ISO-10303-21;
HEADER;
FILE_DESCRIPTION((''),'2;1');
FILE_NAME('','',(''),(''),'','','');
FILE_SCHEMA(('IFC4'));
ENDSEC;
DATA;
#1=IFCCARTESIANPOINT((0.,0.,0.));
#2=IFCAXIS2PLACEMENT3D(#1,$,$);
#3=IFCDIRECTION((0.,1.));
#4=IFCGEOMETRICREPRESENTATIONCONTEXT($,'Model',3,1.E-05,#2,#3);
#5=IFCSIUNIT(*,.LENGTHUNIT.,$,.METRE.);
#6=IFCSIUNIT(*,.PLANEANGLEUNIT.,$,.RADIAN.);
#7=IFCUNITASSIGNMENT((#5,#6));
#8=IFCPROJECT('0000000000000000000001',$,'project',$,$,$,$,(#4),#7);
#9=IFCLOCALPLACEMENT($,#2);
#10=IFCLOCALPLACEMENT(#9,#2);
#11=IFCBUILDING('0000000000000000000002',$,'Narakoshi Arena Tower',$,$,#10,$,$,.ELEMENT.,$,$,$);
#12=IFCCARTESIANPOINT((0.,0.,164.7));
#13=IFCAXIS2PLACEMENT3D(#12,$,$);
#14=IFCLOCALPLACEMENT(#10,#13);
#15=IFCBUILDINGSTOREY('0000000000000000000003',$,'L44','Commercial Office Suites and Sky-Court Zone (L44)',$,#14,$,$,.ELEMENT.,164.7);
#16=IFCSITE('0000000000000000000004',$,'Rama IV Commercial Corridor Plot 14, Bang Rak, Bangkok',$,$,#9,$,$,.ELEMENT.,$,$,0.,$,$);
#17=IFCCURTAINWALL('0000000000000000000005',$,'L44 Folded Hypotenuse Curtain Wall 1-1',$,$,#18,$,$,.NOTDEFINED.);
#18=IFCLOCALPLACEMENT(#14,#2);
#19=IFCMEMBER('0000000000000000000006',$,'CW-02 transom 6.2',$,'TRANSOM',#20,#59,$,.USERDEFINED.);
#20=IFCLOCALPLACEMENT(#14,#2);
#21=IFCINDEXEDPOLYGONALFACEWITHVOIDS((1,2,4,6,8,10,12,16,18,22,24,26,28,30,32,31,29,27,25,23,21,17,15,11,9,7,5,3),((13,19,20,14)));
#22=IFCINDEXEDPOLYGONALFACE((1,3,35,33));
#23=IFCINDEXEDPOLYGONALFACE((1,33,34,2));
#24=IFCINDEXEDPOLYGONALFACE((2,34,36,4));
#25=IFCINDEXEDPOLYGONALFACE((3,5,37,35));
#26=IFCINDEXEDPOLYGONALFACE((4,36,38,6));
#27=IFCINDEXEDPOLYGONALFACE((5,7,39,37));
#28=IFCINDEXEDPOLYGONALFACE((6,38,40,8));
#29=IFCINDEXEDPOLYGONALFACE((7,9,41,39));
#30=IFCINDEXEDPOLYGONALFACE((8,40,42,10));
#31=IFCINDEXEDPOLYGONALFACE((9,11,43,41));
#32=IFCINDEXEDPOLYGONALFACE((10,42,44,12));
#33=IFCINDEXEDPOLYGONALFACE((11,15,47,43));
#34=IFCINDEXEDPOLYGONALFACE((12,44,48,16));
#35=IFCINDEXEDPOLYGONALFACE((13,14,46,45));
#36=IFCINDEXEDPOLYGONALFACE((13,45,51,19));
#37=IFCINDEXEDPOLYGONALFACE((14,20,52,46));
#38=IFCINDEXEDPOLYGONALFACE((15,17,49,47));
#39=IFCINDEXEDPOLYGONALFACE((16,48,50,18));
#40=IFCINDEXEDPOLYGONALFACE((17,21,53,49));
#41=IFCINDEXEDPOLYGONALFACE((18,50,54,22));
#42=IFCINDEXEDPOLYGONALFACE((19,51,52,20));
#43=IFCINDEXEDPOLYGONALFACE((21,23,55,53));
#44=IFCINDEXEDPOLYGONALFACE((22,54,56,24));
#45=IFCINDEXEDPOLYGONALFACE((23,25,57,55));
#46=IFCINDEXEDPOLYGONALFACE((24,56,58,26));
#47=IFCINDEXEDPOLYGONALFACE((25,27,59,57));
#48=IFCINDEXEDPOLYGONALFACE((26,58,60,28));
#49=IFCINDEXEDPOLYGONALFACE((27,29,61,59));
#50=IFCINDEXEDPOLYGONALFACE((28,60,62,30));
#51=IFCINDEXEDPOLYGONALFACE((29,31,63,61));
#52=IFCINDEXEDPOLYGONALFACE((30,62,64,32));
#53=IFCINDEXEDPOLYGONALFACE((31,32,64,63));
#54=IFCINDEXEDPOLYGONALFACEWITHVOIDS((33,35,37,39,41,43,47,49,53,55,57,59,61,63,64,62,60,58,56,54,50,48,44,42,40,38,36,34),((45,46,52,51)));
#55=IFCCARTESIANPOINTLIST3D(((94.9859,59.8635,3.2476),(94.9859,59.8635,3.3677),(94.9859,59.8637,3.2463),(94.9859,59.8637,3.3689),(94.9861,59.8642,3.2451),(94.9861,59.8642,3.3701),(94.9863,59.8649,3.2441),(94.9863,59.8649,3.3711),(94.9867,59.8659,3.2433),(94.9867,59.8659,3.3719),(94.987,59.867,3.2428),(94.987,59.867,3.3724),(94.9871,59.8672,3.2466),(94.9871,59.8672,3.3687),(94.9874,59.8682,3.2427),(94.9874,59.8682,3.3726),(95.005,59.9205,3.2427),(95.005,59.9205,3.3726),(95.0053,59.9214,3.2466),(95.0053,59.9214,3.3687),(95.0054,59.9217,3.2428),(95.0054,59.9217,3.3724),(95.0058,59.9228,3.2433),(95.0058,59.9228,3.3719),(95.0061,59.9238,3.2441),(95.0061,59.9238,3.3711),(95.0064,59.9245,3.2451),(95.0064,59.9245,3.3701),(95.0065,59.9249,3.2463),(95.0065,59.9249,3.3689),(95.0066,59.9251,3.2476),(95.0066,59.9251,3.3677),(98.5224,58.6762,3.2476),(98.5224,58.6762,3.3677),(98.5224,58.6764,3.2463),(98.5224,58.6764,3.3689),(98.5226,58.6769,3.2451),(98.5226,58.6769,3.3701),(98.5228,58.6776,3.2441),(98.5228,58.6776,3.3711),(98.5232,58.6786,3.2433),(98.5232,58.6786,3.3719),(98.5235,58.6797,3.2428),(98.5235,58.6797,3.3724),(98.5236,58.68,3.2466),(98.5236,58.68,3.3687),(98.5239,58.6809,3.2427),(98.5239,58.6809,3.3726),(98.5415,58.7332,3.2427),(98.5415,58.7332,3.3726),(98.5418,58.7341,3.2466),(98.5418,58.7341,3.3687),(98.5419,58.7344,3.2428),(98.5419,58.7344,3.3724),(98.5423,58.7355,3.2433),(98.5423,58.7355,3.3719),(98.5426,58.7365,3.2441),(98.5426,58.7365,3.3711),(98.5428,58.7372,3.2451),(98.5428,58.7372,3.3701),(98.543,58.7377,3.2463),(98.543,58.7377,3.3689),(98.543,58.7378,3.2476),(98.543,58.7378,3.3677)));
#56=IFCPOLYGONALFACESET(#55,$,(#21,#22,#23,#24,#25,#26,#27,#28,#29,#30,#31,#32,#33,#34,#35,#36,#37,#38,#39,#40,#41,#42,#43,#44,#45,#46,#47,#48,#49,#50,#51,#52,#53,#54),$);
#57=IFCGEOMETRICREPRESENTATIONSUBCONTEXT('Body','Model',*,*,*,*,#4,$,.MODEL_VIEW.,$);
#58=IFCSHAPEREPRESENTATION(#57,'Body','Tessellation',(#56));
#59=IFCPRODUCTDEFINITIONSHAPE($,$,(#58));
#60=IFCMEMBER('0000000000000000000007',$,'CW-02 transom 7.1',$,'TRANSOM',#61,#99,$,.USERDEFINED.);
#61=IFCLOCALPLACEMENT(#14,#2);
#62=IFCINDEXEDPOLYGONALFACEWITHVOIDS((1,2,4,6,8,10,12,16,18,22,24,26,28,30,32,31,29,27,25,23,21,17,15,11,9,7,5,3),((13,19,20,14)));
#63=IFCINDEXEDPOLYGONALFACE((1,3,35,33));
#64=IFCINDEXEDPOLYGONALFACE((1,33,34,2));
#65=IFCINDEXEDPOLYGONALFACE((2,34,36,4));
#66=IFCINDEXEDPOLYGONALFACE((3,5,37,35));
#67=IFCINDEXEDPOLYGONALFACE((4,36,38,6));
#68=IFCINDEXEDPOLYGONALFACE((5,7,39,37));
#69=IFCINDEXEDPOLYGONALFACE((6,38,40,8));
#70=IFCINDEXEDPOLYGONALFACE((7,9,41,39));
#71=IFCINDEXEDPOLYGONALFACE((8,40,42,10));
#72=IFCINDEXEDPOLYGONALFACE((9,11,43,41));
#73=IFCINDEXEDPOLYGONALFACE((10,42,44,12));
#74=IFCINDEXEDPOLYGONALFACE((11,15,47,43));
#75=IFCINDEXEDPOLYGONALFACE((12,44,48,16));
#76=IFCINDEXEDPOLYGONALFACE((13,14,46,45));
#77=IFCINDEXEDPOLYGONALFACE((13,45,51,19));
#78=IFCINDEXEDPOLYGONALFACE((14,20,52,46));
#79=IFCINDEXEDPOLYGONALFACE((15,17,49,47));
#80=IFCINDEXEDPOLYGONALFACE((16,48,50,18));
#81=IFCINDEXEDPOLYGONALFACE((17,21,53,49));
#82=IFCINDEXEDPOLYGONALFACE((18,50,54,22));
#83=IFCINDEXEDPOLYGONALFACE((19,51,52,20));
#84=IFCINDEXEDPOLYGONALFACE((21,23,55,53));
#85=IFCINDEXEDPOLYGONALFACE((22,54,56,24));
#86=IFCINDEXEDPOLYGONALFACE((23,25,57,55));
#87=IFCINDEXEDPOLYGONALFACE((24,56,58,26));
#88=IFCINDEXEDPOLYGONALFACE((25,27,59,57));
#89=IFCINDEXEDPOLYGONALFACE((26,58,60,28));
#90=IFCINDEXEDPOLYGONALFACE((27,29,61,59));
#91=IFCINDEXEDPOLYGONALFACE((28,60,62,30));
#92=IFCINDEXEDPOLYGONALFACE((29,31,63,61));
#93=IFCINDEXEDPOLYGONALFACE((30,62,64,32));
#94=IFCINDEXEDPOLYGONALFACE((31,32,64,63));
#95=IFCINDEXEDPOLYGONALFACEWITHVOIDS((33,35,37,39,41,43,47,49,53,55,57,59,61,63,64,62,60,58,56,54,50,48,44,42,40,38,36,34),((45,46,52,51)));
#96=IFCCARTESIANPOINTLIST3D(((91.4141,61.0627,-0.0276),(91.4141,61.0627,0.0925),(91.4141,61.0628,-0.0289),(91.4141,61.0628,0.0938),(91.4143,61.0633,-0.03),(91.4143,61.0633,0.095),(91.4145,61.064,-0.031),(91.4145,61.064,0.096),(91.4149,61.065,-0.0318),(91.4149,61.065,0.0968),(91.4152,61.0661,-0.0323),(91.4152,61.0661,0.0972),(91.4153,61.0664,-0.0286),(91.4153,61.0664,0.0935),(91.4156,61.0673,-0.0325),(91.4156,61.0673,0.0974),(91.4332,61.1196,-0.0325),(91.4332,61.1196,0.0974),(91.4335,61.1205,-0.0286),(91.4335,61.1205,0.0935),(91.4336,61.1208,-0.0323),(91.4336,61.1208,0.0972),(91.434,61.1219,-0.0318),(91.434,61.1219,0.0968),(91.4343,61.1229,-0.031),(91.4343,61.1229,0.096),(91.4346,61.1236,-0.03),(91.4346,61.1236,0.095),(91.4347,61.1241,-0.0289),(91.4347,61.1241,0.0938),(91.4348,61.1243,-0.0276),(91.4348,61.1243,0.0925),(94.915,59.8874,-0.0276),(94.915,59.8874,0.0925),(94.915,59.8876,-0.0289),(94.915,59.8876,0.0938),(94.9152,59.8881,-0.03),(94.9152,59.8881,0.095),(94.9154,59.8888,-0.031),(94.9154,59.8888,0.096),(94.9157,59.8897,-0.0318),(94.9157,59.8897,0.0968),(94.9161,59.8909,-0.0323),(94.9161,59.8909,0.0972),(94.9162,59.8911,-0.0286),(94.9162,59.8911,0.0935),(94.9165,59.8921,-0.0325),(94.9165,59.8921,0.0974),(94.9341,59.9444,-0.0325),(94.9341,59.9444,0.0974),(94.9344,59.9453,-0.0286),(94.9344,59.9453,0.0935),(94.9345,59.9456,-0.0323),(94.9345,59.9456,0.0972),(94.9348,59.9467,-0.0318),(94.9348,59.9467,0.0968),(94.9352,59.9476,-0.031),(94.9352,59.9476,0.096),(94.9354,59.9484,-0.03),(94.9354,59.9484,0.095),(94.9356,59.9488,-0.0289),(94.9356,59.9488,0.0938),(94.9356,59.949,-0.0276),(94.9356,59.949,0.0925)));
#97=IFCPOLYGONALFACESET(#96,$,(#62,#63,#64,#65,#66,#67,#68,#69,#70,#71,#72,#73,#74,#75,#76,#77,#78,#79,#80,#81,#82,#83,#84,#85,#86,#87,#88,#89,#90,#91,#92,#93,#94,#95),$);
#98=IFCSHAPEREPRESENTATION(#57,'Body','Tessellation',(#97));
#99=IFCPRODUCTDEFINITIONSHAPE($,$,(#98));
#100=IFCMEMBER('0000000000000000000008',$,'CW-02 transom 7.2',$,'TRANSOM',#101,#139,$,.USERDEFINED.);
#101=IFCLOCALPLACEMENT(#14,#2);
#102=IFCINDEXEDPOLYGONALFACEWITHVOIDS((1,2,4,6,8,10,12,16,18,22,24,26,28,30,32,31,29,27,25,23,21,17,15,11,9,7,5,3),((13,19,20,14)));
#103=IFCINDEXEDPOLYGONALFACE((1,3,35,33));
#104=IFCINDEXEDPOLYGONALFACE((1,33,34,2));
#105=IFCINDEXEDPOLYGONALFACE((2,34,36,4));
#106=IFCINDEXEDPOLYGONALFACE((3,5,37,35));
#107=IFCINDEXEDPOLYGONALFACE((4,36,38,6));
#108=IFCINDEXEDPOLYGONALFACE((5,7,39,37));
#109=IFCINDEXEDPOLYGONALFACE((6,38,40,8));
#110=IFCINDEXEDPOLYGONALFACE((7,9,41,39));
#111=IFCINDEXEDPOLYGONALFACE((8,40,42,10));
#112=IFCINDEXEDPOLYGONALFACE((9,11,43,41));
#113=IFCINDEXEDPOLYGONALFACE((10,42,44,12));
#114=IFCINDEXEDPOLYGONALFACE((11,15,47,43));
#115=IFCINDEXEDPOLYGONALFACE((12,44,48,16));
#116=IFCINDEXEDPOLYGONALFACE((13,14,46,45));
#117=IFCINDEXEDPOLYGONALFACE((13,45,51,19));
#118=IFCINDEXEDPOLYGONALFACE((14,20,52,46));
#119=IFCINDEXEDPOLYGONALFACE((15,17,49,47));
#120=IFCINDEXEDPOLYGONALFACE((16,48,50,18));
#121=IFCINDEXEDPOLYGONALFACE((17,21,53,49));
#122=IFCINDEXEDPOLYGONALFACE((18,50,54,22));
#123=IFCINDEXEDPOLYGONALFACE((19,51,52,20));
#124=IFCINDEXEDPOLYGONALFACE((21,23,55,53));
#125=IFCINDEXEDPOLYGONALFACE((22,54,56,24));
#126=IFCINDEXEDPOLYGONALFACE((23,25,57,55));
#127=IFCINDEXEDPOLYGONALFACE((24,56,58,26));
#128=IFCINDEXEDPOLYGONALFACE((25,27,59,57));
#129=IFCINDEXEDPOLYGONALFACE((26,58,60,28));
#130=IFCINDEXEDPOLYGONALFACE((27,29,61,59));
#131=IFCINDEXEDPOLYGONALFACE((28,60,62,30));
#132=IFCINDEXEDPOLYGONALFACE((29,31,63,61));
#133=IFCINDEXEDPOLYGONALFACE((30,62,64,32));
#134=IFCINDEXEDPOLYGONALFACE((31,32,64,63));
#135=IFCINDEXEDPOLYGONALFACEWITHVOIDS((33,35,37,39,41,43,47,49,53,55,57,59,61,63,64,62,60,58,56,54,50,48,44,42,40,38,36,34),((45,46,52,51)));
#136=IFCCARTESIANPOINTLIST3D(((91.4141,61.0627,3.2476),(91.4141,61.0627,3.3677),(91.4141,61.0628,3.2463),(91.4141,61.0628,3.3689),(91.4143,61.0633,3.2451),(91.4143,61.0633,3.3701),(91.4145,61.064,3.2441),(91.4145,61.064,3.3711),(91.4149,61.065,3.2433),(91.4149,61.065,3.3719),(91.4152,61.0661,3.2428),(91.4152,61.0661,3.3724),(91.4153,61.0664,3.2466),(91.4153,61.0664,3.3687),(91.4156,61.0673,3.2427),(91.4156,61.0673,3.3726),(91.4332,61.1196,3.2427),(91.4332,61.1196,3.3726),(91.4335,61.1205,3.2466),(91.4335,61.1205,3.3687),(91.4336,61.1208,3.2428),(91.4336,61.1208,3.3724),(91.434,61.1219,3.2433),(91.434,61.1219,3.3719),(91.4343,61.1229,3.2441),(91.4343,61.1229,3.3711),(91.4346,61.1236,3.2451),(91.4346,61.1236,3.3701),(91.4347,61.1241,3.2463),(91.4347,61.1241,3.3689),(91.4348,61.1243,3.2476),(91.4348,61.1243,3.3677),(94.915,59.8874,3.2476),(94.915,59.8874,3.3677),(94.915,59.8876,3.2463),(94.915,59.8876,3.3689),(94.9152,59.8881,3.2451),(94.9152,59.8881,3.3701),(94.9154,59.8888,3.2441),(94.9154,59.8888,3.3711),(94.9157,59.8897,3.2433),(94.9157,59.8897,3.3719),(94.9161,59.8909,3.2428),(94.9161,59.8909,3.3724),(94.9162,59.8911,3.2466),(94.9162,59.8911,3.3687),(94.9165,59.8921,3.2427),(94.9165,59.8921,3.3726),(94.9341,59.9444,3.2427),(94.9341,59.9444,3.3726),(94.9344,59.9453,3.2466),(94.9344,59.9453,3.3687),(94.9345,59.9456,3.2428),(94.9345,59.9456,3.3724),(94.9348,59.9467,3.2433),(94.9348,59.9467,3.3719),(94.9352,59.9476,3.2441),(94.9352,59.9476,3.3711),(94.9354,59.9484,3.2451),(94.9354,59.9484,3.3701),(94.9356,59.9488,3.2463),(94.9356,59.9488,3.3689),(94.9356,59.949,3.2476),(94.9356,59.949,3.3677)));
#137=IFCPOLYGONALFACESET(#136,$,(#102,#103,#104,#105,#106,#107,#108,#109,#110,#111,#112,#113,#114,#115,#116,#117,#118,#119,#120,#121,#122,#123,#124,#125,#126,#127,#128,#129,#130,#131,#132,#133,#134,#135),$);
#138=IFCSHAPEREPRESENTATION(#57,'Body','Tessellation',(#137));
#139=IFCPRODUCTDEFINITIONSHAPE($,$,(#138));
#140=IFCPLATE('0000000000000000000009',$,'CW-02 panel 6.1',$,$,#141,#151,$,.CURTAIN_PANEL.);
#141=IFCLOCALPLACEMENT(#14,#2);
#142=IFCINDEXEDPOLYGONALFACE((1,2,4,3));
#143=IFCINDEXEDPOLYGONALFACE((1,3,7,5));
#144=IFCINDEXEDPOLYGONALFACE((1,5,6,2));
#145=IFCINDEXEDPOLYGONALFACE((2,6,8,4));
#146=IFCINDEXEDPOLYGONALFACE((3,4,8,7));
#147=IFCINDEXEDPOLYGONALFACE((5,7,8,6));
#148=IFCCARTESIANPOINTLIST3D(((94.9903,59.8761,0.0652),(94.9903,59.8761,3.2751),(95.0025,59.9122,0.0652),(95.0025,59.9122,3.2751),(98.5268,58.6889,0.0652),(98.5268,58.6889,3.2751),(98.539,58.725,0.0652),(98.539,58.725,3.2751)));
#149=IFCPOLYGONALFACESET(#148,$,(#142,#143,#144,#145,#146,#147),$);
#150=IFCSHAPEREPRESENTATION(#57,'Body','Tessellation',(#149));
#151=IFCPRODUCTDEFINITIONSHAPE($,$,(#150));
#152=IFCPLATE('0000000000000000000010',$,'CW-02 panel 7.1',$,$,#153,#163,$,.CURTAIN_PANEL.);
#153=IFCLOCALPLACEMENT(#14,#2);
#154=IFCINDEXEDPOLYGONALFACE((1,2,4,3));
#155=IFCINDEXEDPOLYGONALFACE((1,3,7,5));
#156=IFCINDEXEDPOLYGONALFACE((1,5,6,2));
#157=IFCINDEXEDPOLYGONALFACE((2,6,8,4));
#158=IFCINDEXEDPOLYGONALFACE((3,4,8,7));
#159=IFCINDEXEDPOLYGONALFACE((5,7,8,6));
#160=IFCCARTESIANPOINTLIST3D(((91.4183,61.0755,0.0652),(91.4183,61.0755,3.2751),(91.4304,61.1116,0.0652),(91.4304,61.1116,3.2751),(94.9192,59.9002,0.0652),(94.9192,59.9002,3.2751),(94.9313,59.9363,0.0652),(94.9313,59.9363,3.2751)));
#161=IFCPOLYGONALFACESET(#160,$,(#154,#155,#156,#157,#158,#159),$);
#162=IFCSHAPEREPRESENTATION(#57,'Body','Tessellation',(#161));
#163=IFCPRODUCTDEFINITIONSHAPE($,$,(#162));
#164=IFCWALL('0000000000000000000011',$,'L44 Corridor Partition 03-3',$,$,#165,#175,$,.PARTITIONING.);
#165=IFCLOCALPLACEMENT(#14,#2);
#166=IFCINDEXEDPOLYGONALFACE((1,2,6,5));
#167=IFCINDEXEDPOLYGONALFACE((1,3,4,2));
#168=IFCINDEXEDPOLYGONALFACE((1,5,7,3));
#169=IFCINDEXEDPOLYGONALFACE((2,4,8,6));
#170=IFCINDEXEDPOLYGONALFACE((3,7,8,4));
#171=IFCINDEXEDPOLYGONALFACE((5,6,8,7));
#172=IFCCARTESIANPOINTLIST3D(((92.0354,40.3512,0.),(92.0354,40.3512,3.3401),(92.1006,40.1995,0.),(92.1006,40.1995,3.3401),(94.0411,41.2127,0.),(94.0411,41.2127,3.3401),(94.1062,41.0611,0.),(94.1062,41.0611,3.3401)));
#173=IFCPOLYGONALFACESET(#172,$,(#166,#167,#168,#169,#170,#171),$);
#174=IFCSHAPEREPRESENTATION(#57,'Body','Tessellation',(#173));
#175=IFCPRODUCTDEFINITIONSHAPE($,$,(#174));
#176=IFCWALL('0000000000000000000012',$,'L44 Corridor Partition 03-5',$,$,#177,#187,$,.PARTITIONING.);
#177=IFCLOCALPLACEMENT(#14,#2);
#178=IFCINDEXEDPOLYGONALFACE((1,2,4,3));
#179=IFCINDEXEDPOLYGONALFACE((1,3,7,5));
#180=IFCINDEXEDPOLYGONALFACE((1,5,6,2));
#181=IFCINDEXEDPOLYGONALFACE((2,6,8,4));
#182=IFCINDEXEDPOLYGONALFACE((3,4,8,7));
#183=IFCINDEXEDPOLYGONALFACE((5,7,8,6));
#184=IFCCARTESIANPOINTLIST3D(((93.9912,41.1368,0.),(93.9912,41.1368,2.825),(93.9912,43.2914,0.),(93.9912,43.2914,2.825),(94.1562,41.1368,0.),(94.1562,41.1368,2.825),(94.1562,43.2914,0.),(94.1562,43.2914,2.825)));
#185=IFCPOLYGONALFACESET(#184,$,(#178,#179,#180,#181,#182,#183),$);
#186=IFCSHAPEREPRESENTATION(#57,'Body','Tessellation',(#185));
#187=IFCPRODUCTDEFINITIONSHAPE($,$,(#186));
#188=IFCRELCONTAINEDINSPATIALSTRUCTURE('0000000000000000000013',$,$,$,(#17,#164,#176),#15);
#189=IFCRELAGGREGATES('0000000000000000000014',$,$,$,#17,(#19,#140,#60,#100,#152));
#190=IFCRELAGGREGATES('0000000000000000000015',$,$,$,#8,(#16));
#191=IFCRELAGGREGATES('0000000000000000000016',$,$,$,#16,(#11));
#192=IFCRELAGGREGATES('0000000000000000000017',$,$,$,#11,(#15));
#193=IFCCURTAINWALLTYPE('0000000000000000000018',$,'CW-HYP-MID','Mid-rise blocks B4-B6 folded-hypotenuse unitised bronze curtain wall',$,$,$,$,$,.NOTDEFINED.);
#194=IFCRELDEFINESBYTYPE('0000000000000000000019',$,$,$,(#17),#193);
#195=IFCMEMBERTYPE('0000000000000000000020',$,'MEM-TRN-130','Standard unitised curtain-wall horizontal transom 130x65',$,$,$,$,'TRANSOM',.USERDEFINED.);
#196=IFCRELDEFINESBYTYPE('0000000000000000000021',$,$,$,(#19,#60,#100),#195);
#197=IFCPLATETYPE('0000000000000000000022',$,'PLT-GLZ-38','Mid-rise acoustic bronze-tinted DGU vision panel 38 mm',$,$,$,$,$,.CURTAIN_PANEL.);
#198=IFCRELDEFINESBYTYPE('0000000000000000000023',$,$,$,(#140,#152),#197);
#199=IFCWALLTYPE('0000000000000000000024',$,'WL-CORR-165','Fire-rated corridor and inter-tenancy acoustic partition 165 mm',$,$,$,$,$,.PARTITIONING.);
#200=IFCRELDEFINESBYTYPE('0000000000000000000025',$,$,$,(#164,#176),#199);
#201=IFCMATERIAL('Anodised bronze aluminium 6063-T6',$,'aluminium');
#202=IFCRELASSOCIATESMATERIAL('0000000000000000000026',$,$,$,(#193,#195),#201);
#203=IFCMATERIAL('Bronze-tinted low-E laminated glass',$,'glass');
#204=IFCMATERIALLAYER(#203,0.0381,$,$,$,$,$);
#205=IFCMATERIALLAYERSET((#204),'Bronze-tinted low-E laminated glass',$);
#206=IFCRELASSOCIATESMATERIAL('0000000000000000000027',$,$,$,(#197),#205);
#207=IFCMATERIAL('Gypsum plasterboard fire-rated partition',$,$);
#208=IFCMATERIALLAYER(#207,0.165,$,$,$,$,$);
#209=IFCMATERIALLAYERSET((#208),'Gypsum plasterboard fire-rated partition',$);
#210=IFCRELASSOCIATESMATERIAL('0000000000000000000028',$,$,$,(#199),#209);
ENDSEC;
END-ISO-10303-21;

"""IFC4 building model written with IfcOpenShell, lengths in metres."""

from ifc_helpers import new_model, si_unit, direction, frame, frame_2d, origin, origin_2d, place, context, subcontext, project, spatial, rectangle, hollow_rectangle, extrude, material, layer, layer_set, material_profile, profile_set, type_object, element, aggregate, save


model = new_model("IFC4")

# Units and contexts
model_context = context("Model", 3, precision=1e-05, world=origin(), true_north=direction((0.0, 1.0)))
body_context = subcontext(model_context, "Body", "Model", "MODEL_VIEW")
ifc_project = project(units=[si_unit("LENGTHUNIT", "METRE"), si_unit("PLANEANGLEUNIT", "RADIAN")], contexts=[model_context])

# Site, building, storey
site_placement = place(None, origin())
site = spatial("IfcSite", under=ifc_project, at=site_placement, Name="Rama IV Commercial Corridor Plot 14, Bang Rak, Bangkok", CompositionType="ELEMENT", RefElevation=0.0)
building_placement = place(site_placement, origin())
building = spatial("IfcBuilding", under=site, at=building_placement, Name="Narakoshi Arena Tower", CompositionType="ELEMENT")
storey_placement = place(building_placement, frame((0.0, 0.0, 164.7)))
storey = spatial("IfcBuildingStorey", under=building, at=storey_placement, Name="L44", Description="Commercial Office Suites and Sky-Court Zone (L44)", CompositionType="ELEMENT", Elevation=164.7)

# Curtain wall, members, plates
ifc_material_1 = material(Name="Anodised bronze aluminium 6063-T6", Category="aluminium")
curtain_wall_type = type_object("IfcCurtainWallType", Name="CW-HYP-MID", Description="Mid-rise blocks B4-B6 folded-hypotenuse unitised bronze curtain wall", PredefinedType="NOTDEFINED", material=ifc_material_1)
curtain_wall_placement = place(storey_placement, origin())
curtain_wall = element("IfcCurtainWall", 1, at=curtain_wall_placement, inside=storey, type_object=curtain_wall_type, Name="L44 Folded Hypotenuse Curtain Wall 1-1", PredefinedType="NOTDEFINED")
ifc_material_profile_1 = material_profile(ifc_material_1, hollow_rectangle(XDim=0.0649, YDim=0.1299, WallThickness=0.0039, OuterFilletRadius=0.0049, at=origin_2d()), Name="TRN130x65x4")
ifc_profile_set_1 = profile_set([ifc_material_profile_1], Name="Anodised bronze aluminium 6063-T6")
member_type_1 = type_object("IfcMemberType", Name="MEM-TRN-130", Description="Standard unitised curtain-wall horizontal transom 130x65", ElementType="TRANSOM", PredefinedType="USERDEFINED", material=ifc_profile_set_1)
member_1_placement = place(storey_placement, frame((98.5327, 58.707, 3.3076), z_axis=(-0.948, 0.318269, 0.0), x_axis=(-0.318269, -0.948, 0.0)))
member_1 = element("IfcMember", 2, at=member_1_placement, type_object=member_type_1, Name="CW-02 transom 6.2", ObjectType="TRANSOM", PredefinedType="USERDEFINED", context=body_context, shape_type="SweptSolid", body=[
    extrude(hollow_rectangle(XDim=0.0649, YDim=0.1299, WallThickness=0.0039, OuterFilletRadius=0.0049, at=origin_2d()), origin(), (0.0, 0.0, 1.0), 3.7305),
])
member_2_placement = place(storey_placement, frame((94.9253, 59.9182, 0.0325), z_axis=(-0.948007, 0.31825, 0.0), x_axis=(-0.31825, -0.948007, 0.0)))
member_2 = element("IfcMember", 3, at=member_2_placement, type_object=member_type_1, Name="CW-02 transom 7.1", ObjectType="TRANSOM", PredefinedType="USERDEFINED", context=body_context, shape_type="SweptSolid", body=[
    extrude(hollow_rectangle(XDim=0.0649, YDim=0.1299, WallThickness=0.0039, OuterFilletRadius=0.0049, at=origin_2d()), origin(), (0.0, 0.0, 1.0), 3.6929),
])
member_3_placement = place(storey_placement, frame((94.9253, 59.9182, 3.3076), z_axis=(-0.948007, 0.31825, 0.0), x_axis=(-0.31825, -0.948007, 0.0)))
member_3 = element("IfcMember", 4, at=member_3_placement, type_object=member_type_1, Name="CW-02 transom 7.2", ObjectType="TRANSOM", PredefinedType="USERDEFINED", context=body_context, shape_type="SweptSolid", body=[
    extrude(hollow_rectangle(XDim=0.0649, YDim=0.1299, WallThickness=0.0039, OuterFilletRadius=0.0049, at=origin_2d()), origin(), (0.0, 0.0, 1.0), 3.6929),
])
ifc_material_2 = material(Name="Bronze-tinted low-E laminated glass", Category="glass")
ifc_layer_1 = layer(ifc_material_2, 0.0381)
ifc_layer_set_1 = layer_set([ifc_layer_1], Name="Bronze-tinted low-E laminated glass")
plate_type = type_object("IfcPlateType", Name="PLT-GLZ-38", Description="Mid-rise acoustic bronze-tinted DGU vision panel 38 mm", PredefinedType="CURTAIN_PANEL", material=ifc_layer_set_1)
plate_1_placement = place(storey_placement, frame((96.7646, 59.3005, 0.0652), z_axis=(0.0, 0.0, 1.0), x_axis=(-0.948003, 0.318261, 0.0)))
plate_1 = element("IfcPlate", 5, at=plate_1_placement, type_object=plate_type, Name="CW-02 panel 6.1", PredefinedType="CURTAIN_PANEL", context=body_context, shape_type="SweptSolid", body=[
    extrude(rectangle(XDim=3.7305, YDim=0.0381, at=origin_2d()), origin(), (0.0, 0.0, 1.0), 3.21),
])
plate_2_placement = place(storey_placement, frame((93.1748, 60.5059, 0.0652), z_axis=(0.0, 0.0, 1.0), x_axis=(-0.948003, 0.318261, 0.0)))
plate_2 = element("IfcPlate", 6, at=plate_2_placement, type_object=plate_type, Name="CW-02 panel 7.1", PredefinedType="CURTAIN_PANEL", context=body_context, shape_type="SweptSolid", body=[
    extrude(rectangle(XDim=3.6929, YDim=0.0381, at=origin_2d()), origin(), (0.0, 0.0, 1.0), 3.21),
])
aggregate(curtain_wall, [member_1, plate_1, member_2, member_3, plate_2])

# Walls
ifc_material_3 = material(Name="Gypsum plasterboard fire-rated partition")
ifc_layer_2 = layer(ifc_material_3, 0.165)
ifc_layer_set_2 = layer_set([ifc_layer_2], Name="Gypsum plasterboard fire-rated partition")
wall_type_1 = type_object("IfcWallType", Name="WL-CORR-165", Description="Fire-rated corridor and inter-tenancy acoustic partition 165 mm", PredefinedType="PARTITIONING", material=ifc_layer_set_2)
wall_1_placement = place(storey_placement, frame((92.0681, 40.2754, 0.0), z_axis=(0.0, 0.0, 1.0), x_axis=(0.918809, 0.394702, 0.0)))
element("IfcWall", 7, at=wall_1_placement, inside=storey, type_object=wall_type_1, Name="L44 Corridor Partition 03-3", PredefinedType="PARTITIONING", context=body_context, shape_type="SweptSolid", body=[
    extrude(rectangle(XDim=2.1829, YDim=0.165, at=frame_2d((1.0913, 0.0))), origin(), (0.0, 0.0, 1.0), 3.3401),
])
wall_2_placement = place(storey_placement, frame((94.0737, 41.137, 0.0), z_axis=(0.0, 0.0, 1.0), x_axis=(0.0, 1.0, 0.0)))
element("IfcWall", 8, at=wall_2_placement, inside=storey, type_object=wall_type_1, Name="L44 Corridor Partition 03-5", PredefinedType="PARTITIONING", context=body_context, shape_type="SweptSolid", body=[
    extrude(rectangle(XDim=2.1545, YDim=0.165, at=frame_2d((1.0771, 0.0))), origin(), (0.0, 0.0, 1.0), 2.825),
])

save(model, "model.ifc")
